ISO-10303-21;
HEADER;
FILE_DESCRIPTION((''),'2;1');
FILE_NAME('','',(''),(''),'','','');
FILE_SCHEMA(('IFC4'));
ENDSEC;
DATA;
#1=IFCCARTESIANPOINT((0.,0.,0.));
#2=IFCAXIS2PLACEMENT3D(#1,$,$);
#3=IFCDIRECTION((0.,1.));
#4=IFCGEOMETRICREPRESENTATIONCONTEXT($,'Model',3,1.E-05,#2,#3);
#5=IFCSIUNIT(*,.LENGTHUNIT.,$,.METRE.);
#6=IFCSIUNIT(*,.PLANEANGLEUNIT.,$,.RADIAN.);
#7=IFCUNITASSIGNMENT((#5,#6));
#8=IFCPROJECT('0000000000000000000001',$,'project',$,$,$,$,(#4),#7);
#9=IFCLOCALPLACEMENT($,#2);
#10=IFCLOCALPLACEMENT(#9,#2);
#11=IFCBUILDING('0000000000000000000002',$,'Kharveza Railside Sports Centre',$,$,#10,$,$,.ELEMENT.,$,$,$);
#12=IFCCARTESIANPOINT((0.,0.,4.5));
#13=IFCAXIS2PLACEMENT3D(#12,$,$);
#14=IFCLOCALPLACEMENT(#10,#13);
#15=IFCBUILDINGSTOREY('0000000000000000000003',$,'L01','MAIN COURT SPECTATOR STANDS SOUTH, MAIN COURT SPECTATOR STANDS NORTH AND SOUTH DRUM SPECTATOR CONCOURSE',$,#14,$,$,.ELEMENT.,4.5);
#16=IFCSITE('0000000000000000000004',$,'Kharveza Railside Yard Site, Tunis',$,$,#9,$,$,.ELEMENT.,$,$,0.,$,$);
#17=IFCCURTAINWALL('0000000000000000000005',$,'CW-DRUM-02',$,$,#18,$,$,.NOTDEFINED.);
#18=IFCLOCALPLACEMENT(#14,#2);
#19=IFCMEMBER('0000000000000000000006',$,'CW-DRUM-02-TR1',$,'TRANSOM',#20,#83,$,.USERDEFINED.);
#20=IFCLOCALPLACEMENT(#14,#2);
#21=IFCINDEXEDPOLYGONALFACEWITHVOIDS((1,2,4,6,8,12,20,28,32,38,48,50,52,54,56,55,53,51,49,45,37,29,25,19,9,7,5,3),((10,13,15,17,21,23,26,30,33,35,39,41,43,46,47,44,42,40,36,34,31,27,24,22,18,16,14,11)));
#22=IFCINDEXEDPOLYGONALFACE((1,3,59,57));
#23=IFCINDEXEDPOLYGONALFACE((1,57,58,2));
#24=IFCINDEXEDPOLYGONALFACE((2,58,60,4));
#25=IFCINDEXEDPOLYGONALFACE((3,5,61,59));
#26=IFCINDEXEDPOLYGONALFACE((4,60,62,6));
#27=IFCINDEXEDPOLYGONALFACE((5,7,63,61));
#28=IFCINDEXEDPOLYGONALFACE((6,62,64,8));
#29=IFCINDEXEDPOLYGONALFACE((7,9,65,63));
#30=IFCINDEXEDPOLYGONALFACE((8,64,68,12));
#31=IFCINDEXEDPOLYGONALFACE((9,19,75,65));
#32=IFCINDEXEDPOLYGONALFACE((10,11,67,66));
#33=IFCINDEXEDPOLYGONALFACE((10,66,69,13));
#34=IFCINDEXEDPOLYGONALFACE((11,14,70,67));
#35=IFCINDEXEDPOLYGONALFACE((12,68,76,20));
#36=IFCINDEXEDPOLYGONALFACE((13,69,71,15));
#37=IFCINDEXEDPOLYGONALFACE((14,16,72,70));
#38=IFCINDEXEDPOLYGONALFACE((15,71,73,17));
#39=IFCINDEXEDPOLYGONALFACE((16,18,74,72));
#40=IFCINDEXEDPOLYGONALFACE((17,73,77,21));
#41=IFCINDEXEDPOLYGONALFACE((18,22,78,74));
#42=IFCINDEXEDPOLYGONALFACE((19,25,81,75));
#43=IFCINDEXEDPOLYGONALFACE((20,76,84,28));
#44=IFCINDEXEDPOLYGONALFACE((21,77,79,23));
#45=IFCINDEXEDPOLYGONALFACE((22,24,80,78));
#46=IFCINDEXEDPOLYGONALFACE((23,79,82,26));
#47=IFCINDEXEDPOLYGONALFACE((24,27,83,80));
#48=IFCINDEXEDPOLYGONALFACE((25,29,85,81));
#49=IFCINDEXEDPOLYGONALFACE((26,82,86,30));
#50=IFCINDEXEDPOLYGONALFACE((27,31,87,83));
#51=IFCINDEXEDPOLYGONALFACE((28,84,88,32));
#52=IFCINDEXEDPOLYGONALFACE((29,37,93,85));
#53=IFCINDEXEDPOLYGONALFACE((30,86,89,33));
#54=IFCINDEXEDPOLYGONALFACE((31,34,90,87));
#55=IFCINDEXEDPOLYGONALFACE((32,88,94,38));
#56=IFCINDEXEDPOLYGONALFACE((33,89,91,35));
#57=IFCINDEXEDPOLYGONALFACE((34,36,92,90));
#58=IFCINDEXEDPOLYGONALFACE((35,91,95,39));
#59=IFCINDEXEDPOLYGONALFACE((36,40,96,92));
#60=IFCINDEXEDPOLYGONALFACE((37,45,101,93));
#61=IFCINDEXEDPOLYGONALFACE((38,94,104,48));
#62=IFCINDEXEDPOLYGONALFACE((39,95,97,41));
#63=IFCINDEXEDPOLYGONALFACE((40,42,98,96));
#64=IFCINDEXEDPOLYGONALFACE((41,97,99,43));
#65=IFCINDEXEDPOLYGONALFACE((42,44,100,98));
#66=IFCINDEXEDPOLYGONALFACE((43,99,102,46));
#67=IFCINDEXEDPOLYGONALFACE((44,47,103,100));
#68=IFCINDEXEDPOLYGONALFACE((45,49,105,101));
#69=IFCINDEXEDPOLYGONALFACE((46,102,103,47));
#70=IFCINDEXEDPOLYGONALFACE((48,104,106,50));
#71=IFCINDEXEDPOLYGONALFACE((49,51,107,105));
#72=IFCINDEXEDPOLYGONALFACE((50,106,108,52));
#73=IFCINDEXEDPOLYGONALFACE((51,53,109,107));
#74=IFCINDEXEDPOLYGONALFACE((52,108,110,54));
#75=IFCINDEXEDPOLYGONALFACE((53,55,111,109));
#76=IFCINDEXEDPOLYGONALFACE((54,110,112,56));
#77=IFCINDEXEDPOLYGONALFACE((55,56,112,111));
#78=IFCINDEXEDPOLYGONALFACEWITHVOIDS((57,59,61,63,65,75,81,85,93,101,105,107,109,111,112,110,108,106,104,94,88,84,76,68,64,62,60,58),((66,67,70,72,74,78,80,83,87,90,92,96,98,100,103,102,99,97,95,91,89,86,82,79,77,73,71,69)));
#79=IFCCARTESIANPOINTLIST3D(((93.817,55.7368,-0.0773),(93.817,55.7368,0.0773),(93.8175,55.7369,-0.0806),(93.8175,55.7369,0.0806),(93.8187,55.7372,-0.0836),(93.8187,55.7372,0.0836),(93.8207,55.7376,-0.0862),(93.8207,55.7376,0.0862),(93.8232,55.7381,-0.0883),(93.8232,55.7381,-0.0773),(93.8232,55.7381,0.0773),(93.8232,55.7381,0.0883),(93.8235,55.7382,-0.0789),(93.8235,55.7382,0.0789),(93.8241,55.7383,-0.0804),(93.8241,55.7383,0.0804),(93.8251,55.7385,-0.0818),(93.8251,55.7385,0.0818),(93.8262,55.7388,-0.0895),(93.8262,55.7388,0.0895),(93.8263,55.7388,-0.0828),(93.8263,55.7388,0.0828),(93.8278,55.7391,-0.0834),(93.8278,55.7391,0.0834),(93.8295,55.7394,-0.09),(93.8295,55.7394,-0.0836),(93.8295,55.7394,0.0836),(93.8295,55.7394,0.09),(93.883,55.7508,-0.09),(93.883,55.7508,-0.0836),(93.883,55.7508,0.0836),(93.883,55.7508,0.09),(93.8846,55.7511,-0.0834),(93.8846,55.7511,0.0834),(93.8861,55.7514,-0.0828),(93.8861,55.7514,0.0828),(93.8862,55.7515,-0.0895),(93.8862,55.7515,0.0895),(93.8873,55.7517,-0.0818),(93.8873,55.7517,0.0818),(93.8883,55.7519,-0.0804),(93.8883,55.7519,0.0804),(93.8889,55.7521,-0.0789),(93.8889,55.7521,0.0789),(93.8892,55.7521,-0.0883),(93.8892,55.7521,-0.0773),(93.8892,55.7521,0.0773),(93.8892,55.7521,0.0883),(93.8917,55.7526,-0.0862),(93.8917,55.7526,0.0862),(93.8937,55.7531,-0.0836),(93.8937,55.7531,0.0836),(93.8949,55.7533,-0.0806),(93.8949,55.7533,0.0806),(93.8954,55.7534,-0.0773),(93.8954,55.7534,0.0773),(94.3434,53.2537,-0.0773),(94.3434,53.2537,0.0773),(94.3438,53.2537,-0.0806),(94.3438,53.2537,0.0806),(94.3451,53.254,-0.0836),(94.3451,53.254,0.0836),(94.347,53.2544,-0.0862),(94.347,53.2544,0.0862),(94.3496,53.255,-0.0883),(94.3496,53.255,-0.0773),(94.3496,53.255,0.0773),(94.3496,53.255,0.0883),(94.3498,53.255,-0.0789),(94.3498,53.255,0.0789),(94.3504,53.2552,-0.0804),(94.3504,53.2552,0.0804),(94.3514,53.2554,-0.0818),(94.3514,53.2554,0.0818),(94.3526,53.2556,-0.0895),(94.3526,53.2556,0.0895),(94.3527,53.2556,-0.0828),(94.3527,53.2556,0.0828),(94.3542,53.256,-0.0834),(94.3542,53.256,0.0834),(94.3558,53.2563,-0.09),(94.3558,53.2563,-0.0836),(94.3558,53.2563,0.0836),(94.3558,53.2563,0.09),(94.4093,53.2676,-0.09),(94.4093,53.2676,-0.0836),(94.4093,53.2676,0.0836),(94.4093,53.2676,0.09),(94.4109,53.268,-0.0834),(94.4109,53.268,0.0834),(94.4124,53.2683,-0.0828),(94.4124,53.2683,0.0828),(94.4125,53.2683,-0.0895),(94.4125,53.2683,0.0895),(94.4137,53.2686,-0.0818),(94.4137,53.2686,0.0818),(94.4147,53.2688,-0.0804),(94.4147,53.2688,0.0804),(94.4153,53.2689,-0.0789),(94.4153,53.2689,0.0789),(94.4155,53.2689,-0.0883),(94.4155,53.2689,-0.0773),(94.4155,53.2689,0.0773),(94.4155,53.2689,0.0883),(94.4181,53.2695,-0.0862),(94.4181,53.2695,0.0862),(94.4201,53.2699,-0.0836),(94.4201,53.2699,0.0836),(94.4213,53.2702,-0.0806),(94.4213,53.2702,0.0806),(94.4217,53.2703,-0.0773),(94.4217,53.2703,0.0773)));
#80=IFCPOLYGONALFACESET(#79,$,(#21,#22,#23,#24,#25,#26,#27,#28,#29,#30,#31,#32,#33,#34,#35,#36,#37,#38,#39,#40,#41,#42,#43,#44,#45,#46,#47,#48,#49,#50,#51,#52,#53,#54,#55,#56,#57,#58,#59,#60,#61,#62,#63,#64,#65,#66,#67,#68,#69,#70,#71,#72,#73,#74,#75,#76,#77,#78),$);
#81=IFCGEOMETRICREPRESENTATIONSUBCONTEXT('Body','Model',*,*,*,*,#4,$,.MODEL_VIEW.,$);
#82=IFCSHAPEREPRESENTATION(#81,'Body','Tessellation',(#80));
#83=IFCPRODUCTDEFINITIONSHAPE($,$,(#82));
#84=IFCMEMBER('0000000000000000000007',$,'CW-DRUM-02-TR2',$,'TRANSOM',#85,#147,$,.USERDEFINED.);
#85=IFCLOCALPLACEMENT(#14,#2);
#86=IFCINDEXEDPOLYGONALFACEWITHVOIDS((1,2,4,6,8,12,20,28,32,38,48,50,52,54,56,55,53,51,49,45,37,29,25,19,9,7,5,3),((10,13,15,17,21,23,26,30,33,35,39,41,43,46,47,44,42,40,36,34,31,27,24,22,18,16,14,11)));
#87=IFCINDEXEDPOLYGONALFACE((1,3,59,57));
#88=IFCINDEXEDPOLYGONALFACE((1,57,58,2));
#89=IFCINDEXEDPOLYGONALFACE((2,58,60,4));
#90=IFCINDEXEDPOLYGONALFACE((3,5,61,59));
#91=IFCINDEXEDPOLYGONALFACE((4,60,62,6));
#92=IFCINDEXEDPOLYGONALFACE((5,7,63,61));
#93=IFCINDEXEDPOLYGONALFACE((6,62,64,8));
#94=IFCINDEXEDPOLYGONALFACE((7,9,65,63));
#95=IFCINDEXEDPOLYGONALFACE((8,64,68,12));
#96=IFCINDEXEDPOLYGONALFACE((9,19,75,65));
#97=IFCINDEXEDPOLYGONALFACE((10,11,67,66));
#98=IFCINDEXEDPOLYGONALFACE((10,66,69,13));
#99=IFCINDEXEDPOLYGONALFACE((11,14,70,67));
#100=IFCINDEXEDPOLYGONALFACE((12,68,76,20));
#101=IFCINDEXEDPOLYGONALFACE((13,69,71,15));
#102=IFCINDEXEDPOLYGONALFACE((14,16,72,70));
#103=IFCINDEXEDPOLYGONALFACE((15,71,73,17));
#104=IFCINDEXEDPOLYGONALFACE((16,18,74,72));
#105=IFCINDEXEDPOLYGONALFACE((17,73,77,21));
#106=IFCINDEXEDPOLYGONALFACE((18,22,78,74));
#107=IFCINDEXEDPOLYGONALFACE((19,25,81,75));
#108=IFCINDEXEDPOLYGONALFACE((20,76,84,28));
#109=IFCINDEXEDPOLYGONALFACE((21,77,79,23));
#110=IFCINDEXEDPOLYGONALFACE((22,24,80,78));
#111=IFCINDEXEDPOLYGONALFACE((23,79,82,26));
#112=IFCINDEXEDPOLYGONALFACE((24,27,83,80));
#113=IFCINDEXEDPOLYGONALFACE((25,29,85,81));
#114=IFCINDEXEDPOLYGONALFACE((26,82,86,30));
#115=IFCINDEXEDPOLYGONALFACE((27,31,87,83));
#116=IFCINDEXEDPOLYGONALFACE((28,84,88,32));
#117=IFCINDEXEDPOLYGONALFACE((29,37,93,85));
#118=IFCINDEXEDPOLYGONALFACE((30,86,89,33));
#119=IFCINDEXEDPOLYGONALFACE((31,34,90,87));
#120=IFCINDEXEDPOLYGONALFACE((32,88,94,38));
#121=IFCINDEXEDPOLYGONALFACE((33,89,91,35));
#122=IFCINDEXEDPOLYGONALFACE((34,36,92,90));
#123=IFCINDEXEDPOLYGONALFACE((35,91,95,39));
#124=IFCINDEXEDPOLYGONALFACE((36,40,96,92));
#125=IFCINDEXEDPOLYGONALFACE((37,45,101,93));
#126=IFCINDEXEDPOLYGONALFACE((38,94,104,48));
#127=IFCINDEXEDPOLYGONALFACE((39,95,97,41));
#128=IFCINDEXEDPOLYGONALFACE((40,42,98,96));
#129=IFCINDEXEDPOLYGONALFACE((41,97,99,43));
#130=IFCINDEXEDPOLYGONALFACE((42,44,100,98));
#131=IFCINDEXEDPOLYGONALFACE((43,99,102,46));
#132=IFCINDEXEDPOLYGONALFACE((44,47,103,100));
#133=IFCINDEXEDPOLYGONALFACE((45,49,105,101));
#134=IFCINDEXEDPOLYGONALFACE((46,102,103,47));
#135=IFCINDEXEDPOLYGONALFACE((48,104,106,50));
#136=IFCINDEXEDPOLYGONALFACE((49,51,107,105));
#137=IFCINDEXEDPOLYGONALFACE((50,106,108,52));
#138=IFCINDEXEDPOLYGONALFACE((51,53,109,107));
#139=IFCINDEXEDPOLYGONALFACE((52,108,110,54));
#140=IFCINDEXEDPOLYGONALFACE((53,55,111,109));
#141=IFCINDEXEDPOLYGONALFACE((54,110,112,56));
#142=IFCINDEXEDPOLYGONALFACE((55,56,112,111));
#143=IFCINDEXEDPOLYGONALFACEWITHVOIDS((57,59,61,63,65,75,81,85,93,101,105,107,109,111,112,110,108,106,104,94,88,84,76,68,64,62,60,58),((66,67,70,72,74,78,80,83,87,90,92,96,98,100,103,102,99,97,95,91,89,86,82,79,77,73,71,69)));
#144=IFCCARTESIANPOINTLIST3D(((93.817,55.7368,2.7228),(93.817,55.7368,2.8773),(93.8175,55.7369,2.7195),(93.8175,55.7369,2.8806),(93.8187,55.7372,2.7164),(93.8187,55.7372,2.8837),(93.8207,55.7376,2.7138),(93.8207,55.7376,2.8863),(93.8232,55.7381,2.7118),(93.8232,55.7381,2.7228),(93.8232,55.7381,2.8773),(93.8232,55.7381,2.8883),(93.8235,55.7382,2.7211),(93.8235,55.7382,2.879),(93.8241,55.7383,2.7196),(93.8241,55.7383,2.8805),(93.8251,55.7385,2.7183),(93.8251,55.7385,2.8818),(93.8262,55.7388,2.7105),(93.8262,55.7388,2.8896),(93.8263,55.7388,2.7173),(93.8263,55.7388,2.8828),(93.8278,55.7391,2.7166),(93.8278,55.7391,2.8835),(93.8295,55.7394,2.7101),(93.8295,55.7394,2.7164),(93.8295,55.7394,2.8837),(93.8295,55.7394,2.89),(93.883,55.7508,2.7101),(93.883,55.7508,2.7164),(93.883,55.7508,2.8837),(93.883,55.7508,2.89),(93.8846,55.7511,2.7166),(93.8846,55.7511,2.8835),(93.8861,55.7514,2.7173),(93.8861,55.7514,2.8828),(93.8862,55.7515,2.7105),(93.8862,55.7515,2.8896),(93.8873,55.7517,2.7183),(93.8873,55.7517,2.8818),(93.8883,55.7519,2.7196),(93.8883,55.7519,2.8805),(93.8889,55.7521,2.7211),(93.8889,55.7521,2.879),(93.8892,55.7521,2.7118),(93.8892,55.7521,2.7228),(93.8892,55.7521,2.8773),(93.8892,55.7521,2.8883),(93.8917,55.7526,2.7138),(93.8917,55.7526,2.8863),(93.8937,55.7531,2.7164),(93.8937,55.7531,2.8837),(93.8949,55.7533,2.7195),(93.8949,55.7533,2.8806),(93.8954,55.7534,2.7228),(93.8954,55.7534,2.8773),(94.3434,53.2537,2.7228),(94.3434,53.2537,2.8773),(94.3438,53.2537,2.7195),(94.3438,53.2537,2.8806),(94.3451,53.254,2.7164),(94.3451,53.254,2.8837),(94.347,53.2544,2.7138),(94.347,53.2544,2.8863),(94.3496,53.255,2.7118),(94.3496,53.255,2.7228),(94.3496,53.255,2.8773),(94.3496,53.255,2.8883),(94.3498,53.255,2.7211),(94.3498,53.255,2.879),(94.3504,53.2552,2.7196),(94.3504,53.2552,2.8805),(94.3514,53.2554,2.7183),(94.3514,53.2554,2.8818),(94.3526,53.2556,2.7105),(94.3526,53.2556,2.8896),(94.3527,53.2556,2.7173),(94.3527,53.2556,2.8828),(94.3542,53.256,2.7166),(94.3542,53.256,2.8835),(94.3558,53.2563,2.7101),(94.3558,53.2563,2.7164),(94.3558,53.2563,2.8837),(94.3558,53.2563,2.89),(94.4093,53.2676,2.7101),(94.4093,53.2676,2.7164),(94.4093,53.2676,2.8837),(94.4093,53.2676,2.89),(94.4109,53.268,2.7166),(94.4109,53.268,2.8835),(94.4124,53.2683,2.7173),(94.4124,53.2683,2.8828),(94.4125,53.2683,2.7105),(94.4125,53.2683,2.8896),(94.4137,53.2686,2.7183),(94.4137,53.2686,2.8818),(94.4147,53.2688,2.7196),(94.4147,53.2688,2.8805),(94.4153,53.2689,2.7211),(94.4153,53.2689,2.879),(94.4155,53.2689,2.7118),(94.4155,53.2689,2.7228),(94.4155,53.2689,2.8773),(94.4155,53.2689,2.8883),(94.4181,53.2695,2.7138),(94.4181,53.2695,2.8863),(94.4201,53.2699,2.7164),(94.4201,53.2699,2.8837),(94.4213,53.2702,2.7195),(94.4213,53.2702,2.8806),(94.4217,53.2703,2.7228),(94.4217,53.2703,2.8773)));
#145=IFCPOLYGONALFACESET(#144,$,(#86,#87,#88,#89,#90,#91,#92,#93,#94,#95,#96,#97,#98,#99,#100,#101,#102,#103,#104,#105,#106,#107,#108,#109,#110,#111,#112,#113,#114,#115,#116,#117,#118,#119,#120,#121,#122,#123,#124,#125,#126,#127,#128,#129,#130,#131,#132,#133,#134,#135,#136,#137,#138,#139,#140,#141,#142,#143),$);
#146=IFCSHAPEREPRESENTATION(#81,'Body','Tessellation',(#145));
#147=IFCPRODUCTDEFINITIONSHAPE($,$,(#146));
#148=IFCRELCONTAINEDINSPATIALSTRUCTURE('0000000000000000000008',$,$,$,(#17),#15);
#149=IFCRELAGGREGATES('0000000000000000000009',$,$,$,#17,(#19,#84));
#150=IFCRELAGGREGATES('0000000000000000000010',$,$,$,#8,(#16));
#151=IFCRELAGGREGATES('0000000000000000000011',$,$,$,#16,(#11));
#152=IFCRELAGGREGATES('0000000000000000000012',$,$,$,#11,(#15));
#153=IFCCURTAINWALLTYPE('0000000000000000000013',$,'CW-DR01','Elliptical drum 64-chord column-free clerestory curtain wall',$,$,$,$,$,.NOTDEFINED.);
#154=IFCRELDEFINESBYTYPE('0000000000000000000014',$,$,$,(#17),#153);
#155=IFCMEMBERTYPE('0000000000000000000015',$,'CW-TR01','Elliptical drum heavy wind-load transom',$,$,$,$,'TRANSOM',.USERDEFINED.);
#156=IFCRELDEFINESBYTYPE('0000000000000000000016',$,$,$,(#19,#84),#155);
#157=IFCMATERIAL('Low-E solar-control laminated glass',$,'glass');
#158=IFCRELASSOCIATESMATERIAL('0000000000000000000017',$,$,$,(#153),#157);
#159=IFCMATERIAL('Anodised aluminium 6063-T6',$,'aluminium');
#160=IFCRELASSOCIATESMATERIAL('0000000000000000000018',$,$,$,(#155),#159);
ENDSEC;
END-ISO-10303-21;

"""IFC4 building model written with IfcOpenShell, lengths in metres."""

from ifc_helpers import new_model, si_unit, direction, frame, origin, origin_2d, place, context, subcontext, project, spatial, hollow_rectangle, extrude, material, material_profile, profile_set, type_object, element, aggregate, save


model = new_model("IFC4")

# Units and contexts
model_context = context("Model", 3, precision=1e-05, world=origin(), true_north=direction((0.0, 1.0)))
body_context = subcontext(model_context, "Body", "Model", "MODEL_VIEW")
ifc_project = project(units=[si_unit("LENGTHUNIT", "METRE"), si_unit("PLANEANGLEUNIT", "RADIAN")], contexts=[model_context])

# Site, building, storey
site_placement = place(None, origin())
site = spatial("IfcSite", under=ifc_project, at=site_placement, Name="Kharveza Railside Yard Site, Tunis", CompositionType="ELEMENT", RefElevation=0.0)
building_placement = place(site_placement, origin())
building = spatial("IfcBuilding", under=site, at=building_placement, Name="Kharveza Railside Sports Centre", CompositionType="ELEMENT")
storey_placement = place(building_placement, frame((0.0, 0.0, 4.5)))
storey = spatial("IfcBuildingStorey", under=building, at=storey_placement, Name="L01", Description="MAIN COURT SPECTATOR STANDS SOUTH, MAIN COURT SPECTATOR STANDS NORTH AND SOUTH DRUM SPECTATOR CONCOURSE", CompositionType="ELEMENT", Elevation=4.5)

# Curtain wall
ifc_material_1 = material(Name="Low-E solar-control laminated glass", Category="glass")
curtain_wall_type = type_object("IfcCurtainWallType", Name="CW-DR01", Description="Elliptical drum 64-chord column-free clerestory curtain wall", PredefinedType="NOTDEFINED", material=ifc_material_1)
ifc_material_2 = material(Name="Anodised aluminium 6063-T6", Category="aluminium")
curtain_wall_1_placement = place(storey_placement, origin())
curtain_wall_1 = element("IfcCurtainWall", 1, at=curtain_wall_1_placement, inside=storey, type_object=curtain_wall_type, Name="CW-DRUM-02", PredefinedType="NOTDEFINED")

# Members
ifc_material_profile_1 = material_profile(ifc_material_2, hollow_rectangle(XDim=0.0801, YDim=0.1799, WallThickness=0.0063, InnerFilletRadius=0.0063, OuterFilletRadius=0.0127, at=origin_2d()), Name="RHS 80x180x6.3")
ifc_profile_set_1 = profile_set([ifc_material_profile_1], Name="Anodised aluminium 6063-T6")
member_type_1 = type_object("IfcMemberType", Name="CW-TR01", Description="Elliptical drum heavy wind-load transom", ElementType="TRANSOM", PredefinedType="USERDEFINED", material=ifc_profile_set_1)
member_1_placement = place(storey_placement, frame((94.3826, 53.262, 0.0), z_axis=(-0.207368, 0.978263, 0.0), x_axis=(-0.978263, -0.207368, 0.0)))
member_1 = element("IfcMember", 2, at=member_1_placement, type_object=member_type_1, Name="CW-DRUM-02-TR1", ObjectType="TRANSOM", PredefinedType="USERDEFINED", context=body_context, shape_type="SweptSolid", body=[
    extrude(hollow_rectangle(XDim=0.0801, YDim=0.1799, WallThickness=0.0063, InnerFilletRadius=0.0063, OuterFilletRadius=0.0127, at=origin_2d()), origin(), (0.0, 0.0, 1.0), 2.5383),
])
member_2_placement = place(storey_placement, frame((94.3826, 53.262, 2.8), z_axis=(-0.207368, 0.978263, 0.0), x_axis=(-0.978263, -0.207368, 0.0)))
member_2 = element("IfcMember", 3, at=member_2_placement, type_object=member_type_1, Name="CW-DRUM-02-TR2", ObjectType="TRANSOM", PredefinedType="USERDEFINED", context=body_context, shape_type="SweptSolid", body=[
    extrude(hollow_rectangle(XDim=0.0801, YDim=0.1799, WallThickness=0.0063, InnerFilletRadius=0.0063, OuterFilletRadius=0.0127, at=origin_2d()), origin(), (0.0, 0.0, 1.0), 2.5383),
])

aggregate(curtain_wall_1, [member_1, member_2])

save(model, "model.ifc")
